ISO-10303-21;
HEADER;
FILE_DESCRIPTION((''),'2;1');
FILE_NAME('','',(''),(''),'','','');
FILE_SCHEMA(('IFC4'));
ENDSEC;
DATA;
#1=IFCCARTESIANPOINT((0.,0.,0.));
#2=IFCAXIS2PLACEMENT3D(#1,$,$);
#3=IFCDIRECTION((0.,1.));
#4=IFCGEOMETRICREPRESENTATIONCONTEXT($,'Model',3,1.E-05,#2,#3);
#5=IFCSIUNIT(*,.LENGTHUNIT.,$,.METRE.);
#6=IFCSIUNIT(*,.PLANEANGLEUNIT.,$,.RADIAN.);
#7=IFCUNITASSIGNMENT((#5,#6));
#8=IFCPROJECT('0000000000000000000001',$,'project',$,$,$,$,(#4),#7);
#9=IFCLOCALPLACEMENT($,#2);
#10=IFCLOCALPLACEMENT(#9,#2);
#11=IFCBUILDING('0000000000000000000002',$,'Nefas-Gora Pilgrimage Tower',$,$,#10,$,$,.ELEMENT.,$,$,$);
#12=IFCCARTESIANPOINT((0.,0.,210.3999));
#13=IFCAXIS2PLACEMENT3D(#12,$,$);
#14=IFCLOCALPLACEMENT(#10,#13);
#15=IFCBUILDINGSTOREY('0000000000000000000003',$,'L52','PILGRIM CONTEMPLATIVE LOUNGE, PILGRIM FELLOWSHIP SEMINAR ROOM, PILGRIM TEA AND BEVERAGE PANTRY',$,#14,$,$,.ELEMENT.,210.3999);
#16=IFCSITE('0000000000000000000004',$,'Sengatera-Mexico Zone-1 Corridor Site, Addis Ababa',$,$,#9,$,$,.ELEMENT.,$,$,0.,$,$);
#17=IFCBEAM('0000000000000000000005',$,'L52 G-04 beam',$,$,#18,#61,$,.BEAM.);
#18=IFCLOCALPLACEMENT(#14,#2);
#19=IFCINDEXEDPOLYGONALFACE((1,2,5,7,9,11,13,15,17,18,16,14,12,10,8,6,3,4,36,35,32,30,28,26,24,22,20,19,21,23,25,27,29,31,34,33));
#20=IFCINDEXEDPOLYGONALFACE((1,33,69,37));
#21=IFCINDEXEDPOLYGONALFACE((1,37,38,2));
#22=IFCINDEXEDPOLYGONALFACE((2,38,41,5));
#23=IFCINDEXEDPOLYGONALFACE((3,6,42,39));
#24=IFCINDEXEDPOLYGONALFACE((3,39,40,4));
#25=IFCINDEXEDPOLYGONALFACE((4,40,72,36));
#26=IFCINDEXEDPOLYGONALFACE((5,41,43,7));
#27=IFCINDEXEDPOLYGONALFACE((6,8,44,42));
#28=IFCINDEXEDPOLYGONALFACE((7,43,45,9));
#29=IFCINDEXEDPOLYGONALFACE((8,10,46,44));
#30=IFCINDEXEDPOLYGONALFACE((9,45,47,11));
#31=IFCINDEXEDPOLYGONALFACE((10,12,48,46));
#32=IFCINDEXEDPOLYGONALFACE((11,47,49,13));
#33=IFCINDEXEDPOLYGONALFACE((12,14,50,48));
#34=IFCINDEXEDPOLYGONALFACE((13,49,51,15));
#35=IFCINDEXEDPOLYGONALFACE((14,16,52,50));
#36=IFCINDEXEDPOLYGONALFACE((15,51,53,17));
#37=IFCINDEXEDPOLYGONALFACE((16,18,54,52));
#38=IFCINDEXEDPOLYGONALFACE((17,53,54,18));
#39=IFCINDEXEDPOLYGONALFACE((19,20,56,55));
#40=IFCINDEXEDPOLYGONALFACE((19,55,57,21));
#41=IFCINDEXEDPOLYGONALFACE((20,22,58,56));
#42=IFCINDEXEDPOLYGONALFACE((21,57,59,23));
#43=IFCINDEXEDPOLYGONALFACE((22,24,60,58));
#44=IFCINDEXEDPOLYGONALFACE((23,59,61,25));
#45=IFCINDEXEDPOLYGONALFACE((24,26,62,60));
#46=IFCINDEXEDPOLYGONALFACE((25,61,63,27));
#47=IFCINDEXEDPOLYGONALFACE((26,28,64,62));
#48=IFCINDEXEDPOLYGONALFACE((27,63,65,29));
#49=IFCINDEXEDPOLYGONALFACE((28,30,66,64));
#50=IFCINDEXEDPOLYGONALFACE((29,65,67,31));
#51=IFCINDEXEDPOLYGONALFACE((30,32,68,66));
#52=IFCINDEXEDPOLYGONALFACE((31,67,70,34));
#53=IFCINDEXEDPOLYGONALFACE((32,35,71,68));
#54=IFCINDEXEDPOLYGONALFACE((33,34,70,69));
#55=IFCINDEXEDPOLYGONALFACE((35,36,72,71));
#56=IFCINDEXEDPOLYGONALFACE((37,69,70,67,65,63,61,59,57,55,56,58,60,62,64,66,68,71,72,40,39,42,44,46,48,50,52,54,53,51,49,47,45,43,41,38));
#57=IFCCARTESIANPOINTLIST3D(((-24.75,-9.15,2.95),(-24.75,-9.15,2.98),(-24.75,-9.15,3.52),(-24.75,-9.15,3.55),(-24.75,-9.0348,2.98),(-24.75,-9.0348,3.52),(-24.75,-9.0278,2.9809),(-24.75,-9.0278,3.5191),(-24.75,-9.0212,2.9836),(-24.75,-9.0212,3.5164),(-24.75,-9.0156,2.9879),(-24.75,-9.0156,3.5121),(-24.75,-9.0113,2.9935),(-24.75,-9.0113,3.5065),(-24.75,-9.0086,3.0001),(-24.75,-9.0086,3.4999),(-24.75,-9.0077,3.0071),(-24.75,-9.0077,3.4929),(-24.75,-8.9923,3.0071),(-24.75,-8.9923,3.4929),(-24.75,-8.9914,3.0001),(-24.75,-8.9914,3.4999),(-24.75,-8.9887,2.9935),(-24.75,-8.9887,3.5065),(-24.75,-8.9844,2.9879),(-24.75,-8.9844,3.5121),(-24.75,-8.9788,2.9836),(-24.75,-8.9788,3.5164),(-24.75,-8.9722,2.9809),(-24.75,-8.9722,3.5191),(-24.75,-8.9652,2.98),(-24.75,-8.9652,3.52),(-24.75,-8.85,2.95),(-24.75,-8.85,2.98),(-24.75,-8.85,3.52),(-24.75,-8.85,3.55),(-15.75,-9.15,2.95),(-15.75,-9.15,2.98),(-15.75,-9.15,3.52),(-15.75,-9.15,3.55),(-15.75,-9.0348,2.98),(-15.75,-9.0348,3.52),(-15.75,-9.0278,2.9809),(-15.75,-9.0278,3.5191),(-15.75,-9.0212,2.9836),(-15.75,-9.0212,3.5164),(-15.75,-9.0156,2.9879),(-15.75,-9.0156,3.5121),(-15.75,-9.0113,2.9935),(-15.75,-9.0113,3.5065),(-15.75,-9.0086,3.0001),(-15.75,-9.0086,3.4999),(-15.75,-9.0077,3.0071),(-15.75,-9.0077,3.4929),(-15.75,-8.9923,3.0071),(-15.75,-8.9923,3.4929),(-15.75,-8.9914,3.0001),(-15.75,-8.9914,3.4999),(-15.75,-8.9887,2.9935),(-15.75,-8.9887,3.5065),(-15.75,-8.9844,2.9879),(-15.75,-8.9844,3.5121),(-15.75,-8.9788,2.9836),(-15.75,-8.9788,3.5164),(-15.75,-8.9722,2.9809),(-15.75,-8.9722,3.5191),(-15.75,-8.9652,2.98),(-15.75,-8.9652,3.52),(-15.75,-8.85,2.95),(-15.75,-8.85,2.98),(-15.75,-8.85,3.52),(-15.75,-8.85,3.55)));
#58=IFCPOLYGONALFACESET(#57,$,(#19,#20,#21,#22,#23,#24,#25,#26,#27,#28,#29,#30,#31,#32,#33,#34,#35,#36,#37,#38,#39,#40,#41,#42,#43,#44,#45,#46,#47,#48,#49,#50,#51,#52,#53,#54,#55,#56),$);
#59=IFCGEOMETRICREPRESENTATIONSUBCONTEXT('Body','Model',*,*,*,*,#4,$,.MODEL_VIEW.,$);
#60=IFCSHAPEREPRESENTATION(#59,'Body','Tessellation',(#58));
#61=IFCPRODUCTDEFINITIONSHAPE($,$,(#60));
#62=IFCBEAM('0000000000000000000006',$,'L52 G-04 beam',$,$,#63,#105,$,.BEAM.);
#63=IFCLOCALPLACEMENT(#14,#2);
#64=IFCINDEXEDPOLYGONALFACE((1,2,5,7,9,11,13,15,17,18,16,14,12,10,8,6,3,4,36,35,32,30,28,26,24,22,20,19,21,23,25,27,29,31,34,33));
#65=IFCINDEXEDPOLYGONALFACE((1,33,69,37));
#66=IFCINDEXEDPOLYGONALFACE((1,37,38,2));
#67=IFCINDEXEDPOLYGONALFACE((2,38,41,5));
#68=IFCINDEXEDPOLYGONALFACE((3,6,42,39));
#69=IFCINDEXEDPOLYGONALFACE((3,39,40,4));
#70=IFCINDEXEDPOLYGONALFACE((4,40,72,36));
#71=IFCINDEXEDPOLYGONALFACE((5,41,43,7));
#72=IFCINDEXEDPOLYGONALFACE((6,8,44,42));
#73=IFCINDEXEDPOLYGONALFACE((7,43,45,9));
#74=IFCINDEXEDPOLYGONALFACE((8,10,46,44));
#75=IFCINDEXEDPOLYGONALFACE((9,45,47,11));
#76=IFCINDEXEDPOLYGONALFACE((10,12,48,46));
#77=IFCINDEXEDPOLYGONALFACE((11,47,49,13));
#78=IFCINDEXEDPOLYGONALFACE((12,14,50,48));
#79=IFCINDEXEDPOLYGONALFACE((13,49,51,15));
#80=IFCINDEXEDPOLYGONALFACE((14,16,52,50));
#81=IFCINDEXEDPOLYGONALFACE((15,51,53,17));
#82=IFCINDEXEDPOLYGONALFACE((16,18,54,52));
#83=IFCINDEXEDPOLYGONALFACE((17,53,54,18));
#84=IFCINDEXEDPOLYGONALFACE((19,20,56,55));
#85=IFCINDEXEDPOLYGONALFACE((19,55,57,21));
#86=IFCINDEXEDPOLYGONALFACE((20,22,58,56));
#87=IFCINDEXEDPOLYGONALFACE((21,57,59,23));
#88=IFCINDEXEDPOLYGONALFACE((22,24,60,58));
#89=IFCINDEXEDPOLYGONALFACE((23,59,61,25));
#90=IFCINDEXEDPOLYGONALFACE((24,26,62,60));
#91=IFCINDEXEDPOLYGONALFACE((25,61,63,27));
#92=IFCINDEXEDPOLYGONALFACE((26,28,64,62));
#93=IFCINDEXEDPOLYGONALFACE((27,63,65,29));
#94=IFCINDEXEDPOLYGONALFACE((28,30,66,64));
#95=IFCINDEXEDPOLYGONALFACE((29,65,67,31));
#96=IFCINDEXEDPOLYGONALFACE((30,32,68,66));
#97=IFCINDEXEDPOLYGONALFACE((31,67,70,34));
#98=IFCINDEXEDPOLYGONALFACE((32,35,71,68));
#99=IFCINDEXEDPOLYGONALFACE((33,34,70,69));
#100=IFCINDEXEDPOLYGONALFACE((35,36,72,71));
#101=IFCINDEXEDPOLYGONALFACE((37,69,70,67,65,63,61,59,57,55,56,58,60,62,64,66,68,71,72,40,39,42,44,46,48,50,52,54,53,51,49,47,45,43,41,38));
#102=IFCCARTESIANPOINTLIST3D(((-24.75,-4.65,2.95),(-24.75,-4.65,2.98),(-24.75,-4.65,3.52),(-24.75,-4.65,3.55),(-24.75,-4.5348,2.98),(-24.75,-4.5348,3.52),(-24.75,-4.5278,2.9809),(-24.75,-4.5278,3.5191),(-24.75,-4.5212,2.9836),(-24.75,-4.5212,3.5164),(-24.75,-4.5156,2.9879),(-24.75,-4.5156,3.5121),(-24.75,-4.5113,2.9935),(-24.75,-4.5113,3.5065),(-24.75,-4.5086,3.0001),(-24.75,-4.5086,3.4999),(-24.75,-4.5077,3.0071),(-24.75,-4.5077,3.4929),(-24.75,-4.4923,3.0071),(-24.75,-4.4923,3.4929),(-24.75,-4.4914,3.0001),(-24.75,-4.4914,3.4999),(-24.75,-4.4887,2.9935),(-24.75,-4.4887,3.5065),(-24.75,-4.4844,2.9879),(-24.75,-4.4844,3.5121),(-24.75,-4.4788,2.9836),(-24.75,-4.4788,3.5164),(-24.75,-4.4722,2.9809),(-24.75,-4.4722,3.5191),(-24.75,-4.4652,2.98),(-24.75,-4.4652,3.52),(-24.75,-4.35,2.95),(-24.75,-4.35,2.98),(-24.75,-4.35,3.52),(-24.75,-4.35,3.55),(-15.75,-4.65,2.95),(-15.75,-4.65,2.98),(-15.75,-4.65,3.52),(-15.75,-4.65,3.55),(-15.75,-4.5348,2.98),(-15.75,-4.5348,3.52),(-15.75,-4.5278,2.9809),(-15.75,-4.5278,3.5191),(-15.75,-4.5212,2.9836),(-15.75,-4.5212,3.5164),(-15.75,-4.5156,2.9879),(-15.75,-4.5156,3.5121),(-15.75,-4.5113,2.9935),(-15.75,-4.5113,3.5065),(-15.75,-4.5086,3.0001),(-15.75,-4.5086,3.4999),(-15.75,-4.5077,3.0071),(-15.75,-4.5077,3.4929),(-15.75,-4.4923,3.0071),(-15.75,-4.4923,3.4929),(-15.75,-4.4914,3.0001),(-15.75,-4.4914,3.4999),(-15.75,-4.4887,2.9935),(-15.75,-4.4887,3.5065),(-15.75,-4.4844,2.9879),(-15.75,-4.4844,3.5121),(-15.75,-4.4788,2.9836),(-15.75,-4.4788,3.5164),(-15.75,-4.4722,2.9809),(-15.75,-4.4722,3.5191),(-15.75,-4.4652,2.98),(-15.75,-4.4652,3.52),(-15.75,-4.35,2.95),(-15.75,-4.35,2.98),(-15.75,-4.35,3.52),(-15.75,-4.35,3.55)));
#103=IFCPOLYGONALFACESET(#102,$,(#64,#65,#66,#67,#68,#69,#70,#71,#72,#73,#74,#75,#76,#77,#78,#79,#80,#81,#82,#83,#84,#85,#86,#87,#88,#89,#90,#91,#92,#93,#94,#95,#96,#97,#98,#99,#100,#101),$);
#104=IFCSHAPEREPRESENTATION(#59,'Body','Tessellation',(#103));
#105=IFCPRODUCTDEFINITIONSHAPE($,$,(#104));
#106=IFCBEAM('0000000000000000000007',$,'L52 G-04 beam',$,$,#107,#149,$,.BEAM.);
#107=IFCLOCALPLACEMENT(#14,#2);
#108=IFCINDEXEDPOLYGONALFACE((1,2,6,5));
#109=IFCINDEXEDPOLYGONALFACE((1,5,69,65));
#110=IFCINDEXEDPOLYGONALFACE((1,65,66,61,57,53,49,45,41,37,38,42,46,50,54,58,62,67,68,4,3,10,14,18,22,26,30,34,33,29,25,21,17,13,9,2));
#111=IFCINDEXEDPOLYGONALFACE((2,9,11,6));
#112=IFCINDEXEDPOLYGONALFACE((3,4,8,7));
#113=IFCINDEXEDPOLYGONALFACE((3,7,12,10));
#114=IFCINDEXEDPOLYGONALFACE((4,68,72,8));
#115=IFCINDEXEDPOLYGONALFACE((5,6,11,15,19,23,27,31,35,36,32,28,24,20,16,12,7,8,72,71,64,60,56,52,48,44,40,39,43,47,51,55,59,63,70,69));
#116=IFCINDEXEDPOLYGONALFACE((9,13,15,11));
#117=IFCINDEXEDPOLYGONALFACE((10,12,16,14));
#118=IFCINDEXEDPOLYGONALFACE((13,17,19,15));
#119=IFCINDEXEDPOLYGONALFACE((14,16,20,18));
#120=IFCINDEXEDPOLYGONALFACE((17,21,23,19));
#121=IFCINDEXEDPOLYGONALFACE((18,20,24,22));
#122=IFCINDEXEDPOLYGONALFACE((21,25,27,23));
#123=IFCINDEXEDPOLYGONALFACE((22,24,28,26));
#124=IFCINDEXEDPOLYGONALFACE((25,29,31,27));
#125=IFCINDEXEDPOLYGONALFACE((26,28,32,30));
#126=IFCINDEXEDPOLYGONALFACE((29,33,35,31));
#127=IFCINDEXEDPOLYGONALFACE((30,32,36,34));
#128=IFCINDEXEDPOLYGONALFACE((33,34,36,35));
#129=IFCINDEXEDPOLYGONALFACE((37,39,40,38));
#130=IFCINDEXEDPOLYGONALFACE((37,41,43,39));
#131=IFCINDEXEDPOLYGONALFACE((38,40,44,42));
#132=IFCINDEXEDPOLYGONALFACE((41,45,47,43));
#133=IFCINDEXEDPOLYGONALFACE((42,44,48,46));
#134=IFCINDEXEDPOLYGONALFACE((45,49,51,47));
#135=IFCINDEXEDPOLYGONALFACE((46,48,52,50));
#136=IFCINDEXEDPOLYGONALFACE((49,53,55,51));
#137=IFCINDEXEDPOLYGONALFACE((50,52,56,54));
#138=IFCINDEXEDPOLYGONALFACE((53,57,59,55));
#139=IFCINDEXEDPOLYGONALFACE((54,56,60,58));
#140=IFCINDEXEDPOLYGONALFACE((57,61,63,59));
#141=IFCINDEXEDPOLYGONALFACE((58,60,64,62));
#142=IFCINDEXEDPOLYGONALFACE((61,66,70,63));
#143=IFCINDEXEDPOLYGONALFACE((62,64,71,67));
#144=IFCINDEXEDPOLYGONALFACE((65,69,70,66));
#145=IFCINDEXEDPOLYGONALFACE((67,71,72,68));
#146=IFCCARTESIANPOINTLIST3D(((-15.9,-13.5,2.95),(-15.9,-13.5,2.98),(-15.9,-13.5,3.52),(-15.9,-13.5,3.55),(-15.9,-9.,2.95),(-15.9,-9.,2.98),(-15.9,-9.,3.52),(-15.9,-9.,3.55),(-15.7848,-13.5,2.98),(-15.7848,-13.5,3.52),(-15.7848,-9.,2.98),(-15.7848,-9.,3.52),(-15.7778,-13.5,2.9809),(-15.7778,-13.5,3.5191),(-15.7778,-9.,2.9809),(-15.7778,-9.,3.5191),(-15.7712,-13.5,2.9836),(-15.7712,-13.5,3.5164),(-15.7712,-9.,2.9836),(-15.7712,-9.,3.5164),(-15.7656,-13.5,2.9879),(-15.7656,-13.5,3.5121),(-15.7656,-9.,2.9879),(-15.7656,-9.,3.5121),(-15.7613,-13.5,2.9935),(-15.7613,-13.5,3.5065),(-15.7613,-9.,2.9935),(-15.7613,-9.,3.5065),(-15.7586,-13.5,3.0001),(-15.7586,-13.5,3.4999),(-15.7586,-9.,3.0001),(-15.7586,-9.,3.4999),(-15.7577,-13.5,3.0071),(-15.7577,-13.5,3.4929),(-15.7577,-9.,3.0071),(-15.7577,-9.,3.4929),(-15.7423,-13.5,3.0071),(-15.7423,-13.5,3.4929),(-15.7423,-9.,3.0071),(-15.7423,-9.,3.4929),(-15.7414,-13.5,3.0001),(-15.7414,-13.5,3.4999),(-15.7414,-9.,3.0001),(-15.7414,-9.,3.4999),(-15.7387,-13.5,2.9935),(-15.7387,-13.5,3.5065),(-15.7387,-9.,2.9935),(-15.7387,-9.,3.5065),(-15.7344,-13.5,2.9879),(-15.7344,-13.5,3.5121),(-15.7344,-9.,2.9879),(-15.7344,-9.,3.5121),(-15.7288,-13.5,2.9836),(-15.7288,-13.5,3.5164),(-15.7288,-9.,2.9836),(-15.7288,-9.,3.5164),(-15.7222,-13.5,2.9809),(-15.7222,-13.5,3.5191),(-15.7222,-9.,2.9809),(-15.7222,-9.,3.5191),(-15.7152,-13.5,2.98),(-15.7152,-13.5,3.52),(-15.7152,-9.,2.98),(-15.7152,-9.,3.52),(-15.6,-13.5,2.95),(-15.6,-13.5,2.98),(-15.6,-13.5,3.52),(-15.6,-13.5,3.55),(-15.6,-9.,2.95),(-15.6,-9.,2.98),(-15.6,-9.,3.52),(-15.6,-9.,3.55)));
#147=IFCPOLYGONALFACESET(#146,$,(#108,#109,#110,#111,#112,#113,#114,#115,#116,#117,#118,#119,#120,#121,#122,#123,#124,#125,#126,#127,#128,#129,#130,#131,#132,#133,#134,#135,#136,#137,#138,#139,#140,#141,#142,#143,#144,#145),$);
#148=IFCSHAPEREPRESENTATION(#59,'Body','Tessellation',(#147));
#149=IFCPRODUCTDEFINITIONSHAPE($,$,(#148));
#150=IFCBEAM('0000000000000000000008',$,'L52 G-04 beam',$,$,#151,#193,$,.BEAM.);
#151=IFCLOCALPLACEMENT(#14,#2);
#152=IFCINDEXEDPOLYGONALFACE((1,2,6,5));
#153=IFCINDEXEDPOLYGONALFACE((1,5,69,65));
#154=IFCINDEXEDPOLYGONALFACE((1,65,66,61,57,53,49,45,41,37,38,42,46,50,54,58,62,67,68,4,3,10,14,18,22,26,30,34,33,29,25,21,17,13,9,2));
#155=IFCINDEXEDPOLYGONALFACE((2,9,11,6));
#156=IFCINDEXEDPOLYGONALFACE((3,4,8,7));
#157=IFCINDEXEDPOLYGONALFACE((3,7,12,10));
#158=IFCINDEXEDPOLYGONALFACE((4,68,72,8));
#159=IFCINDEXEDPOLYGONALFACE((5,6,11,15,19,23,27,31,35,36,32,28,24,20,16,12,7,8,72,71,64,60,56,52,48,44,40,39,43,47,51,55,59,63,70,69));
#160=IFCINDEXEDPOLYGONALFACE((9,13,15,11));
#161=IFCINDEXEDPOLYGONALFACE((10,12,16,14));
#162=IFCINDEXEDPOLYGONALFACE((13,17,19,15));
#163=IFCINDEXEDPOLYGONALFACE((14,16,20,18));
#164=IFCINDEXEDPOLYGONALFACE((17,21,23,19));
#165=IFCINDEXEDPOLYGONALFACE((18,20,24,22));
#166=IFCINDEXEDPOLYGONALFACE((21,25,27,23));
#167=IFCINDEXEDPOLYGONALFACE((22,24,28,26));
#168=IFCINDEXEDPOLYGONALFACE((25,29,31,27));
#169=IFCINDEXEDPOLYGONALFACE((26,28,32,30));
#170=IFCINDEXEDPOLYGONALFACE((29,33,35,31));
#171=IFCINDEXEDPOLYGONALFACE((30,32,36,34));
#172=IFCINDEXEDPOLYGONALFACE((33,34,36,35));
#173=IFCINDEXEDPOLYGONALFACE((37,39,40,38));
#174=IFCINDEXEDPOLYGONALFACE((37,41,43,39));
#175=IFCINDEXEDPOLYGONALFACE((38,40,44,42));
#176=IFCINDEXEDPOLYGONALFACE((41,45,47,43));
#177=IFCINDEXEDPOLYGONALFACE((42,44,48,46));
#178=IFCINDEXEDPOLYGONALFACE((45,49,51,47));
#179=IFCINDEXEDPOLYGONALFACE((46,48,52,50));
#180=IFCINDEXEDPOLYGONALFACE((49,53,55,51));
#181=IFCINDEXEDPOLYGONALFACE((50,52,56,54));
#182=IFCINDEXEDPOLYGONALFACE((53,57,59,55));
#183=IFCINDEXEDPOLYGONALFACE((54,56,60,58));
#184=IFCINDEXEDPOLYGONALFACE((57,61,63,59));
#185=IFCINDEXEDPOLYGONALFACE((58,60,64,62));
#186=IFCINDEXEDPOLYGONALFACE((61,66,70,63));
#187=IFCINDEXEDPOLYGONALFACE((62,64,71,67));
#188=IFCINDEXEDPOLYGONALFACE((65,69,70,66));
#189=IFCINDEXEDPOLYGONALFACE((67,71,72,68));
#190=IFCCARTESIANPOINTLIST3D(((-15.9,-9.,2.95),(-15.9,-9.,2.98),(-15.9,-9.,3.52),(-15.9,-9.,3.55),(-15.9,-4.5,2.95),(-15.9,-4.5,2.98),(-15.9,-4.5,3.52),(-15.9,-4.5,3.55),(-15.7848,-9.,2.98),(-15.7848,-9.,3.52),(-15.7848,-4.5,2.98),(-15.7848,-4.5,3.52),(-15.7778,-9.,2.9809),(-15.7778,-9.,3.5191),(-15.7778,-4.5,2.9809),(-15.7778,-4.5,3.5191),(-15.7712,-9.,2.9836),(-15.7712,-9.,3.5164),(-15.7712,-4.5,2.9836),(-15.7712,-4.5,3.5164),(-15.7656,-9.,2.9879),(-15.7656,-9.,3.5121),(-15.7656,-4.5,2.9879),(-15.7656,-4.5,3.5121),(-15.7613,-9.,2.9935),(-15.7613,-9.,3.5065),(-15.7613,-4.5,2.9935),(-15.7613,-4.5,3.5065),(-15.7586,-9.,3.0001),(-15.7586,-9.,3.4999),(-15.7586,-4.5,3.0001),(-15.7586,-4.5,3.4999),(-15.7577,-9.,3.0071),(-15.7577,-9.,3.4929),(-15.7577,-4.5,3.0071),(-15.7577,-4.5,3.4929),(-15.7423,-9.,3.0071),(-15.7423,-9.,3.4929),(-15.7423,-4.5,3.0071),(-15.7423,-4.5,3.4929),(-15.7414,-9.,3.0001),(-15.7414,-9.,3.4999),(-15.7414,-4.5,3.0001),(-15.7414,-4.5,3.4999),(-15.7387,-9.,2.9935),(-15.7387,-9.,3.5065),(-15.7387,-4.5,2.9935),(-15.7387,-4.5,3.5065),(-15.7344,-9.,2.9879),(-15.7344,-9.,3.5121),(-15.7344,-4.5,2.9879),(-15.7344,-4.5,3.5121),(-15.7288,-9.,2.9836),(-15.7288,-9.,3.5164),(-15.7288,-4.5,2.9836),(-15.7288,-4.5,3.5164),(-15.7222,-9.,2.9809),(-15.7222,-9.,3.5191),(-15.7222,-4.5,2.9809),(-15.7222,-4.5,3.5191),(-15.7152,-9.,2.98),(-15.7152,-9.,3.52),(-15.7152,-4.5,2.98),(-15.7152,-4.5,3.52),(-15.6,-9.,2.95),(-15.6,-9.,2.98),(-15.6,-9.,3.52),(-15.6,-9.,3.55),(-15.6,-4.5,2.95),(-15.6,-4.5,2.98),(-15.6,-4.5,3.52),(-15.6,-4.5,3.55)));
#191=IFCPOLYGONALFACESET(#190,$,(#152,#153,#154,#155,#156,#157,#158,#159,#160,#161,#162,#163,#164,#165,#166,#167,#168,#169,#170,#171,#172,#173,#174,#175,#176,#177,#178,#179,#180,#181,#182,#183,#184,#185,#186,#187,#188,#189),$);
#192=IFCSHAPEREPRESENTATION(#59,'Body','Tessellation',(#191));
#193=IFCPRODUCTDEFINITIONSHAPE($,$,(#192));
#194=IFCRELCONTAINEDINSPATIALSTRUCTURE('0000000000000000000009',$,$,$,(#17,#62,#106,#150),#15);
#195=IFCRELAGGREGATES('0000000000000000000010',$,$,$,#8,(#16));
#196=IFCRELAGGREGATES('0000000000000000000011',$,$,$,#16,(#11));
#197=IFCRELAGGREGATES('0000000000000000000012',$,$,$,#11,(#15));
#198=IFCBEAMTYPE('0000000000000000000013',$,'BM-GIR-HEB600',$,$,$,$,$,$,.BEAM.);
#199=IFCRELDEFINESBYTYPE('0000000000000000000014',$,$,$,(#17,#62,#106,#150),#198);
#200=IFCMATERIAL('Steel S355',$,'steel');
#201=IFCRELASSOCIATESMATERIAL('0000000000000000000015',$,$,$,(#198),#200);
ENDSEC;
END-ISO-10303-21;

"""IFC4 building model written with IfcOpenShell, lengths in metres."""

from ifc_helpers import new_model, si_unit, direction, frame, origin, origin_2d, place, context, subcontext, project, spatial, i_section, extrude, source, transform, mapped, material, material_profile, profile_set, type_object, element, save


model = new_model("IFC4")

# Units and contexts
model_context = context("Model", 3, precision=1e-05, world=origin(), true_north=direction((0.0, 1.0)))
body_context = subcontext(model_context, "Body", "Model", "MODEL_VIEW")
ifc_project = project(units=[si_unit("LENGTHUNIT", "METRE"), si_unit("PLANEANGLEUNIT", "RADIAN")], contexts=[model_context])

# Site, building, storey
site_placement = place(None, origin())
site = spatial("IfcSite", under=ifc_project, at=site_placement, Name="Sengatera-Mexico Zone-1 Corridor Site, Addis Ababa", CompositionType="ELEMENT", RefElevation=0.0)
building_placement = place(site_placement, origin())
building = spatial("IfcBuilding", under=site, at=building_placement, Name="Nefas-Gora Pilgrimage Tower", CompositionType="ELEMENT")
storey_placement = place(building_placement, frame((0.0, 0.0, 210.3999)))
storey = spatial("IfcBuildingStorey", under=building, at=storey_placement, Name="L52", Description="PILGRIM CONTEMPLATIVE LOUNGE, PILGRIM FELLOWSHIP SEMINAR ROOM, PILGRIM TEA AND BEVERAGE PANTRY", CompositionType="ELEMENT", Elevation=210.3999)

# Beams
ifc_material_1 = material(Name="Steel S355", Category="steel")
ifc_material_profile_1 = material_profile(ifc_material_1, i_section(OverallWidth=0.3, OverallDepth=0.6001, WebThickness=0.0154, FlangeThickness=0.03, FilletRadius=0.0271, at=origin_2d()), Name="HEB 600")
ifc_profile_set_1 = profile_set([ifc_material_profile_1], Name="Steel S355")
beam_type_1 = type_object("IfcBeamType", Name="BM-GIR-HEB600", PredefinedType="BEAM", material=ifc_profile_set_1)
shared_shape_1 = source(origin(), body_context, "Body", "SweptSolid", [
    extrude(i_section(OverallWidth=0.3, OverallDepth=0.6001, WebThickness=0.0154, FlangeThickness=0.03, FilletRadius=0.0271, at=origin_2d()), origin(), (0.0, 0.0, 1.0), 9.0),
])
for number, where, z_axis, x_axis, name in (
    (1, (-24.75, -9.0, 3.25), (1.0, 0.0, 0.0), (0.0, 1.0, 0.0), "L52 G-04 beam"),
    (2, (-24.75, -4.5, 3.25), (1.0, 0.0, 0.0), (0.0, 1.0, 0.0), "L52 G-04 beam"),
):
    element("IfcBeam", number, at=place(storey_placement, frame(where, z_axis=z_axis, x_axis=x_axis)), inside=storey, type_object=beam_type_1, Name=name, PredefinedType="BEAM", context=body_context, shape_type="MappedRepresentation", body=[
        mapped(shared_shape_1, transform((0.0, 0.0, 0.0), x_axis=(1.0, 0.0, 0.0), y_axis=(0.0, 1.0, 0.0), z_axis=(0.0, 0.0, 1.0), scale=1.0)),
    ])
shared_shape_2 = source(origin(), body_context, "Body", "SweptSolid", [
    extrude(i_section(OverallWidth=0.3, OverallDepth=0.6001, WebThickness=0.0154, FlangeThickness=0.03, FilletRadius=0.0271, at=origin_2d()), origin(), (0.0, 0.0, 1.0), 4.5),
])
for number, where, z_axis, x_axis, name in (
    (3, (-15.75, -13.5, 3.25), (0.0, 1.0, 0.0), (-1.0, 0.0, 0.0), "L52 G-04 beam"),
    (4, (-15.75, -9.0, 3.25), (0.0, 1.0, 0.0), (-1.0, 0.0, 0.0), "L52 G-04 beam"),
):
    element("IfcBeam", number, at=place(storey_placement, frame(where, z_axis=z_axis, x_axis=x_axis)), inside=storey, type_object=beam_type_1, Name=name, PredefinedType="BEAM", context=body_context, shape_type="MappedRepresentation", body=[
        mapped(shared_shape_2, transform((0.0, 0.0, 0.0), x_axis=(1.0, 0.0, 0.0), y_axis=(0.0, 1.0, 0.0), z_axis=(0.0, 0.0, 1.0), scale=1.0)),
    ])

save(model, "model.ifc")
